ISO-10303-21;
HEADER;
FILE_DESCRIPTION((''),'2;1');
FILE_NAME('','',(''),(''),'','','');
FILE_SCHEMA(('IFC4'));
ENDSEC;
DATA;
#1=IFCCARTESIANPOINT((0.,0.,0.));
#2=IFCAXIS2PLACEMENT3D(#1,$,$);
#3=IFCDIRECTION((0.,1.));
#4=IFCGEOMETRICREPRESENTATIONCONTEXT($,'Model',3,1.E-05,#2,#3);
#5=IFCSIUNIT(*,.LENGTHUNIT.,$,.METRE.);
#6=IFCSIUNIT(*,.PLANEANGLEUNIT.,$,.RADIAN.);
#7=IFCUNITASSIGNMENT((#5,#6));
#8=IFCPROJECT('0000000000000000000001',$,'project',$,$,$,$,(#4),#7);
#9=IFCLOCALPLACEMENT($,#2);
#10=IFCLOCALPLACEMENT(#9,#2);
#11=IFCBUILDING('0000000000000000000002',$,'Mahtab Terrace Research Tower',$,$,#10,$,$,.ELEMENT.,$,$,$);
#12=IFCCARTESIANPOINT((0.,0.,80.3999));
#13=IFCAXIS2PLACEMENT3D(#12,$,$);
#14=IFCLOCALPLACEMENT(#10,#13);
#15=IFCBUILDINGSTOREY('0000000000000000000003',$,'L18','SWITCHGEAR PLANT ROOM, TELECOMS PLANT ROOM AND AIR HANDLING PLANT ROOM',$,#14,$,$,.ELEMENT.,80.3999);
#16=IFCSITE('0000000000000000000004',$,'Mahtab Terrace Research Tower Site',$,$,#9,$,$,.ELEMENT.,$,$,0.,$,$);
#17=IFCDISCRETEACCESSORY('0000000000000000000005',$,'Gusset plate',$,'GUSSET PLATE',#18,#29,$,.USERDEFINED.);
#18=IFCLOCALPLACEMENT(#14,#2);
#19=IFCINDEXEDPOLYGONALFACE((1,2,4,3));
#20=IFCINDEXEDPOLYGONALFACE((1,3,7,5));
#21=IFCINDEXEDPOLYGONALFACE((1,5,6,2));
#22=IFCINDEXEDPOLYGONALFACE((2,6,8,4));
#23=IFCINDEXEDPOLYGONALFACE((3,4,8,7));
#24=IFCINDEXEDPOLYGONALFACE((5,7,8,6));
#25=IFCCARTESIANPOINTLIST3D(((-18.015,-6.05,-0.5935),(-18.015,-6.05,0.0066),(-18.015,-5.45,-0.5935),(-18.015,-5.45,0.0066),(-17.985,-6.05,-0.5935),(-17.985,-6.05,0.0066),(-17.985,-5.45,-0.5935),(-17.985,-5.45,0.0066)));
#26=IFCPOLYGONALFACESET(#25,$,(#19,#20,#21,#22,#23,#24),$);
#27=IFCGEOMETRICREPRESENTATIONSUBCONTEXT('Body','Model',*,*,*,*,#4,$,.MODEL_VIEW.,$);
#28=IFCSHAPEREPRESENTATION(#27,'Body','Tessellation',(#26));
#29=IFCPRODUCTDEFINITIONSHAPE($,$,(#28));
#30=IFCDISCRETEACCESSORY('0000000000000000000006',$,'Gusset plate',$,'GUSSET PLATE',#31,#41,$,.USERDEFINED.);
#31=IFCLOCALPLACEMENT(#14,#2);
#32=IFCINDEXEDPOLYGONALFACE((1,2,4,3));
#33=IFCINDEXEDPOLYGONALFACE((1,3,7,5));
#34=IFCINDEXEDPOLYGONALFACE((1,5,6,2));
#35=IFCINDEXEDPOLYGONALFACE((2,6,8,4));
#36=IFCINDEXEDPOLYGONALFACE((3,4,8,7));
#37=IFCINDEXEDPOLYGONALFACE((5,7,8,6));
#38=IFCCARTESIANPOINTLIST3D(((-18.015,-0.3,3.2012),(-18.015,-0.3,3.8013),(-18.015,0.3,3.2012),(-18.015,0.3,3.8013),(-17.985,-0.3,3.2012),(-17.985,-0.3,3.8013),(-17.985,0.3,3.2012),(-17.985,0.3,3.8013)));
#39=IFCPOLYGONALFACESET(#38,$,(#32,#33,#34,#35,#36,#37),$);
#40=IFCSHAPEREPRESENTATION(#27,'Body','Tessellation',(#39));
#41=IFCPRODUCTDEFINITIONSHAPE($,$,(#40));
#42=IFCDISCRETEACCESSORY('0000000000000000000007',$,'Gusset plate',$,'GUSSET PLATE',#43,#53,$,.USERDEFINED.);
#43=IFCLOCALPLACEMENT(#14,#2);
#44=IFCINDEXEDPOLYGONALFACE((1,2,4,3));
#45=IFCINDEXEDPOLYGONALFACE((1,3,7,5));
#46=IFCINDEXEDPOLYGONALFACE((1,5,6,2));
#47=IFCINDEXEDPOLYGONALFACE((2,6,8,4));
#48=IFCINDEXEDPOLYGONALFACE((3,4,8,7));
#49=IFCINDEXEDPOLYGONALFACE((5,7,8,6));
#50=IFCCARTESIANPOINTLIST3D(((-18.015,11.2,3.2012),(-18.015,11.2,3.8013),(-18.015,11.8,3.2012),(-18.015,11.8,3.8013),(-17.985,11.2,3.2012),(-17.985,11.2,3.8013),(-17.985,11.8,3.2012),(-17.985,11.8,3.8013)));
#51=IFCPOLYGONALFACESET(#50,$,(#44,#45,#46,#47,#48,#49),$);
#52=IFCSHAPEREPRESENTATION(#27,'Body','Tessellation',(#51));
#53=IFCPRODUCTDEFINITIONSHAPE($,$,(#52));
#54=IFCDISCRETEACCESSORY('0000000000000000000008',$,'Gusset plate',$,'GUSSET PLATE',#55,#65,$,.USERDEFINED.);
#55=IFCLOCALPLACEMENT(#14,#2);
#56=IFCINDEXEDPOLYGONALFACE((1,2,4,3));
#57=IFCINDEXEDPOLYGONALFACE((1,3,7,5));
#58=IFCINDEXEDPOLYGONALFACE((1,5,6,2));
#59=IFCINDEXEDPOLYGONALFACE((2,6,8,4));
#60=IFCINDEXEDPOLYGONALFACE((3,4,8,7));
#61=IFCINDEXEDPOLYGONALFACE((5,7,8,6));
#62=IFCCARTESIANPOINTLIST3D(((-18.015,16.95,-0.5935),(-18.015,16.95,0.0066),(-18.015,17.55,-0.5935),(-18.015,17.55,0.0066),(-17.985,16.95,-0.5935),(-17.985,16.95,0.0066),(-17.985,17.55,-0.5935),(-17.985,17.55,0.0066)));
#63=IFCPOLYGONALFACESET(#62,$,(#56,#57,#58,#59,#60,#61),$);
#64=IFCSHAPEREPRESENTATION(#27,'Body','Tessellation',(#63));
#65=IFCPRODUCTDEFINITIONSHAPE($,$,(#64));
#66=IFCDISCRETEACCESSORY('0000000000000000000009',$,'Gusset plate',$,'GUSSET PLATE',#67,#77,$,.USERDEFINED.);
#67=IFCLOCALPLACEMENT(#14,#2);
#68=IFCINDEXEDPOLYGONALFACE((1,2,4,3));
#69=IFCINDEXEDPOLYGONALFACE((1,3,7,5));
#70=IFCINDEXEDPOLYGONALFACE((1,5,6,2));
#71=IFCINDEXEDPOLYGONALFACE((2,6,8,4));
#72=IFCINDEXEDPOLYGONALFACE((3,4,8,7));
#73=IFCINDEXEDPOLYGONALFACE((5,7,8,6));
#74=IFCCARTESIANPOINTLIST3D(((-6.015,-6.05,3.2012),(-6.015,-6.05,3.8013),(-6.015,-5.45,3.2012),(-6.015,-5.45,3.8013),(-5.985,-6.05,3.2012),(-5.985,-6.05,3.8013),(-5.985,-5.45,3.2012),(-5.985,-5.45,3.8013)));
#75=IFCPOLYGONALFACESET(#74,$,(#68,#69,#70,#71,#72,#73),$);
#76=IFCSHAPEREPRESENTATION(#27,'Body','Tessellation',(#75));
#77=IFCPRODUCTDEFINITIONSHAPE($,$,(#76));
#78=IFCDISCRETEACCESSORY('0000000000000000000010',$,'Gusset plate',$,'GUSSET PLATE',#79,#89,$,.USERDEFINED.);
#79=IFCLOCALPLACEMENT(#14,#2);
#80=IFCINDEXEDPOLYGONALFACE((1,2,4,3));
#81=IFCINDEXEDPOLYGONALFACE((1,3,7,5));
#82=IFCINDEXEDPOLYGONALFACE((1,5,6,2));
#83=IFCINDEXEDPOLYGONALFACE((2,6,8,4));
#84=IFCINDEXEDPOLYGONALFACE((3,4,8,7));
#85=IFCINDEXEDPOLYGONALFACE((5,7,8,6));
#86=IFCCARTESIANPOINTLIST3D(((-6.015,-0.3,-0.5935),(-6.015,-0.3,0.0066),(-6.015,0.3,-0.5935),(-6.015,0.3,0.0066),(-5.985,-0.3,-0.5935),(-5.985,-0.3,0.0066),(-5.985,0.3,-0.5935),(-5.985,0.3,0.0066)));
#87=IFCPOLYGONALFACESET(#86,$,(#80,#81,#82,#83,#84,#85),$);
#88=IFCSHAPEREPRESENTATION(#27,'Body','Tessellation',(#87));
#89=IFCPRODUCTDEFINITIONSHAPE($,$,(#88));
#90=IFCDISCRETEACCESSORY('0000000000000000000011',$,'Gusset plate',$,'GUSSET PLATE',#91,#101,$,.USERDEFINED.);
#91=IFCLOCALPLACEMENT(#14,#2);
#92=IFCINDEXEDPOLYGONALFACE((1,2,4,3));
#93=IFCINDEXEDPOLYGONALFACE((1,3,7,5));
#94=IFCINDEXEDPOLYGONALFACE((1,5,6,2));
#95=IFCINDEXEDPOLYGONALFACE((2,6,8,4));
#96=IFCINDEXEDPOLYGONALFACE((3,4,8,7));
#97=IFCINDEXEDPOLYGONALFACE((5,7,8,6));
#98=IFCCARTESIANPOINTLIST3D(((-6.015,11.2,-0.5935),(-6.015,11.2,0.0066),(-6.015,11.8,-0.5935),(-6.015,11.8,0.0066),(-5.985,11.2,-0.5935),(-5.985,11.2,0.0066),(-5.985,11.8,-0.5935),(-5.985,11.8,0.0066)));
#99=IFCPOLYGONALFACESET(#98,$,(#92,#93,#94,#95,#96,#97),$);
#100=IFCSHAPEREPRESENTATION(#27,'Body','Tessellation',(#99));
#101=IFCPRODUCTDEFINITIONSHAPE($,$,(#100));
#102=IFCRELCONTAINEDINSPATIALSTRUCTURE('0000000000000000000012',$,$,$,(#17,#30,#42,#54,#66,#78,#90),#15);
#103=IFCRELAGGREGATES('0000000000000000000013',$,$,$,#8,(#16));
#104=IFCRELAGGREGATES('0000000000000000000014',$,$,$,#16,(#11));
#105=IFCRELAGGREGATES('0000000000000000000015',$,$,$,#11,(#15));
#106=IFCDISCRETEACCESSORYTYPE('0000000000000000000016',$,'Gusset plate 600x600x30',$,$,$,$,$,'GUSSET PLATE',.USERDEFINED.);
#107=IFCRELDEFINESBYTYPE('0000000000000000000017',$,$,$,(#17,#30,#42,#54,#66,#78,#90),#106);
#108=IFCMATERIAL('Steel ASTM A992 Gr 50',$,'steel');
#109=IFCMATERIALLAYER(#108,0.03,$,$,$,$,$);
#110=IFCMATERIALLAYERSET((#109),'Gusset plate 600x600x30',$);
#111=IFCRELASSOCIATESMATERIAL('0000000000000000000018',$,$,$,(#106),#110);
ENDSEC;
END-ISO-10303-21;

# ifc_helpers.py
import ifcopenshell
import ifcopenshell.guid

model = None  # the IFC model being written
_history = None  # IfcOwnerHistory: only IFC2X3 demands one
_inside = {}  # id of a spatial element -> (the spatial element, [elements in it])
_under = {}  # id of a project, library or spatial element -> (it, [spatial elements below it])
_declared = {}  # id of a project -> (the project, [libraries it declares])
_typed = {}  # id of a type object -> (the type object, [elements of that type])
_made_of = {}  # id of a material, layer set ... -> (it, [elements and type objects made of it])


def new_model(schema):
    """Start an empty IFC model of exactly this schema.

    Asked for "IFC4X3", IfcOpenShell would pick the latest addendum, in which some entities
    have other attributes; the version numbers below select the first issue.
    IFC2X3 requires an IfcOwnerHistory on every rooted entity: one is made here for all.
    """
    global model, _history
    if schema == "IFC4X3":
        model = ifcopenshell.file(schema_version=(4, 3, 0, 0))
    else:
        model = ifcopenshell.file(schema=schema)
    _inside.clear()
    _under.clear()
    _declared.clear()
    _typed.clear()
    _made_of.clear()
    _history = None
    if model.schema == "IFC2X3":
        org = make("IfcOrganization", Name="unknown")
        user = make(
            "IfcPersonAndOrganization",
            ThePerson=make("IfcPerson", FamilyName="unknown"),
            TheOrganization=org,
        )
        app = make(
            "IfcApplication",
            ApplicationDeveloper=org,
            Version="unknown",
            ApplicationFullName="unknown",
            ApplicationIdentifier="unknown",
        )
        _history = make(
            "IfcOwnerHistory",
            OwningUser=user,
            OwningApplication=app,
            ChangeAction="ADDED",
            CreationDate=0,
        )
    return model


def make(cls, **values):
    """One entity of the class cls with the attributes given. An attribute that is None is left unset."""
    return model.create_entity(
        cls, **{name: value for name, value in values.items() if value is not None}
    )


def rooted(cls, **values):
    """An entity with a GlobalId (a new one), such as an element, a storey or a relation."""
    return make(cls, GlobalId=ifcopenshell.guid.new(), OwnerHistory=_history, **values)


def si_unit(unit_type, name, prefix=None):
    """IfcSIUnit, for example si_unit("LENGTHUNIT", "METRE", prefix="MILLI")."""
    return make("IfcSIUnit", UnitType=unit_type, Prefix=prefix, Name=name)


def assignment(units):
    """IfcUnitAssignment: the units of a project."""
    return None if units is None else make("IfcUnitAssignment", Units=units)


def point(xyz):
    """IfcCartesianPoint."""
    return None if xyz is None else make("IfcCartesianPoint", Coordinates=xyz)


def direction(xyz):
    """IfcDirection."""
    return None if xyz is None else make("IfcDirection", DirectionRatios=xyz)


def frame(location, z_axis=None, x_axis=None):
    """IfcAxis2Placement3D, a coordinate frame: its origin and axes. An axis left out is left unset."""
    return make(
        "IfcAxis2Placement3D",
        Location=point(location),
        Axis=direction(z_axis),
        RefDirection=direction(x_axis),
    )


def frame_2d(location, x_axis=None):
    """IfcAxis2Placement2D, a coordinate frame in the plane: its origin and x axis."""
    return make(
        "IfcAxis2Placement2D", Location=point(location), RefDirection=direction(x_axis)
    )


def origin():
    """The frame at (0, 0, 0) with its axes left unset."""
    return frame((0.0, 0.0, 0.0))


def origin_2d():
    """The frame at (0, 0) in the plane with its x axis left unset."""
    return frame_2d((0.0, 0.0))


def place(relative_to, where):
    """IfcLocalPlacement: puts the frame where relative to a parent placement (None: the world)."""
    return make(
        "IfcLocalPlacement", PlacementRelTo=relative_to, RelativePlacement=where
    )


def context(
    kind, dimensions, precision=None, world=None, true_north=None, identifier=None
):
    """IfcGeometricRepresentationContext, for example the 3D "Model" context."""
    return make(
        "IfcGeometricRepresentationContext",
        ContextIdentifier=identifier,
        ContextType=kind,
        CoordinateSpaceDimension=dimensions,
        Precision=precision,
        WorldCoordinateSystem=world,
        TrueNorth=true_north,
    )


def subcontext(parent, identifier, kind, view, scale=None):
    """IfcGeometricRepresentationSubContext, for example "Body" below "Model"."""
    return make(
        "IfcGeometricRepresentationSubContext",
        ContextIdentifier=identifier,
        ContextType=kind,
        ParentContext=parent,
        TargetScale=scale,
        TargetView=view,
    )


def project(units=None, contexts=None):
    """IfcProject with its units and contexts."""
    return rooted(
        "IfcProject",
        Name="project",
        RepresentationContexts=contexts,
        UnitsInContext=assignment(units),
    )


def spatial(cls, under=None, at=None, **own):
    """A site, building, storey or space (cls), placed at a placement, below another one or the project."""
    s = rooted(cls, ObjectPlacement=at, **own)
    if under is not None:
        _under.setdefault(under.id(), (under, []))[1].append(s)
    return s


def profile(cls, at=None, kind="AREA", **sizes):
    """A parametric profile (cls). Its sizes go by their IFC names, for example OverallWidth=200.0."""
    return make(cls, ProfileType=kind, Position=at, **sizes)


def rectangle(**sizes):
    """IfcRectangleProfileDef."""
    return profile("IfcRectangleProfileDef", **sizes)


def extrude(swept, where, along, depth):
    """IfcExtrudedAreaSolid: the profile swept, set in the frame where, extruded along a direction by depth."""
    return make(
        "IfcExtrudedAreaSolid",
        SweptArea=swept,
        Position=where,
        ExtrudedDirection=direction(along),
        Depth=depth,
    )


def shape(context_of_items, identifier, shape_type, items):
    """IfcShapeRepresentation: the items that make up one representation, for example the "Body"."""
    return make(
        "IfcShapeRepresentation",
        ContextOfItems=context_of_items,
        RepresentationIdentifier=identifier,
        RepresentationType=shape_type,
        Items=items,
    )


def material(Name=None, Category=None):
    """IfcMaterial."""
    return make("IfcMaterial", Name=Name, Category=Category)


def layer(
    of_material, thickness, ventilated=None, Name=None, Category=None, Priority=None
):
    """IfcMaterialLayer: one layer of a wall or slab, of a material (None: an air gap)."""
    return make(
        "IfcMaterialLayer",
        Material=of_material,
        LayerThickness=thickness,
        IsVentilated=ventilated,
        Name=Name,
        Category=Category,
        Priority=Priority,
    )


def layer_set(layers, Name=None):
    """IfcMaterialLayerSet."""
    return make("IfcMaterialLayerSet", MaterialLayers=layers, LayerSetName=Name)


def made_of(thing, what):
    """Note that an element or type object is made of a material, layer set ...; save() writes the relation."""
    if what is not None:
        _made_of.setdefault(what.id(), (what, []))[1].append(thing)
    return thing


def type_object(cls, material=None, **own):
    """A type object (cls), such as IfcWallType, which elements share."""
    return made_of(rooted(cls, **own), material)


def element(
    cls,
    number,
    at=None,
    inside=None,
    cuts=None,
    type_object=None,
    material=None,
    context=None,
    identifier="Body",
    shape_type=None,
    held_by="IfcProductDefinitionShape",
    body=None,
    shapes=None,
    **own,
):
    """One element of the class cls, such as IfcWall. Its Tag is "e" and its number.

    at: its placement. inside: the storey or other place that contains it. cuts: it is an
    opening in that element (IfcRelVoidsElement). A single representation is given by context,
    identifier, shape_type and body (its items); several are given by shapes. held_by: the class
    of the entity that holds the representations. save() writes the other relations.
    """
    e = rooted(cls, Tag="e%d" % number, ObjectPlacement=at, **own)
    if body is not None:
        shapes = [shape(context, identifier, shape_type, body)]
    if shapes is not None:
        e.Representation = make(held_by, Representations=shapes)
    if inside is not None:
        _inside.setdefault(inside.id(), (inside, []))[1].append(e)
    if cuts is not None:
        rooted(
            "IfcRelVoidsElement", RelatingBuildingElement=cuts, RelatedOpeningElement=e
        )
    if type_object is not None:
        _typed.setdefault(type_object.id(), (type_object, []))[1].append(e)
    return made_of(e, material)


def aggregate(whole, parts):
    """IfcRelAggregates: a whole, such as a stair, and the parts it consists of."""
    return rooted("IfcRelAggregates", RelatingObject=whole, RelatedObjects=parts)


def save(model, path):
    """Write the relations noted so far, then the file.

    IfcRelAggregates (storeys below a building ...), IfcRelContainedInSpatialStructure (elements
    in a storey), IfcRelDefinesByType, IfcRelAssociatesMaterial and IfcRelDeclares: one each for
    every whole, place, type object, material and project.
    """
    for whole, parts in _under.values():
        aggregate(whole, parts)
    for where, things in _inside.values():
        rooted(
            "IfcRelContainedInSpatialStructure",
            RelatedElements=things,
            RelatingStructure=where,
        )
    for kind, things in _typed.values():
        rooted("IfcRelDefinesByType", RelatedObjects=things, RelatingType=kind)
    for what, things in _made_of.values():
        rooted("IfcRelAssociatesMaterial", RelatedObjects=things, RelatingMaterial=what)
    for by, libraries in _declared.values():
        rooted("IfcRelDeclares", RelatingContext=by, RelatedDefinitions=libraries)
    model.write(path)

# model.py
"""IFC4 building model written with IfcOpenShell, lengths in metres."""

from ifc_helpers import new_model, si_unit, direction, frame, origin, origin_2d, place, context, subcontext, project, spatial, rectangle, extrude, material, layer, layer_set, type_object, element, save


model = new_model("IFC4")

# Units and contexts
model_context = context("Model", 3, precision=1e-05, world=origin(), true_north=direction((0.0, 1.0)))
body_context = subcontext(model_context, "Body", "Model", "MODEL_VIEW")
ifc_project = project(units=[si_unit("LENGTHUNIT", "METRE"), si_unit("PLANEANGLEUNIT", "RADIAN")], contexts=[model_context])

# Site, building, storey
site_placement = place(None, origin())
site = spatial("IfcSite", under=ifc_project, at=site_placement, Name="Mahtab Terrace Research Tower Site", CompositionType="ELEMENT", RefElevation=0.0)
building_placement = place(site_placement, origin())
building = spatial("IfcBuilding", under=site, at=building_placement, Name="Mahtab Terrace Research Tower", CompositionType="ELEMENT")
storey_placement = place(building_placement, frame((0.0, 0.0, 80.3999)))
storey = spatial("IfcBuildingStorey", under=building, at=storey_placement, Name="L18", Description="SWITCHGEAR PLANT ROOM, TELECOMS PLANT ROOM AND AIR HANDLING PLANT ROOM", CompositionType="ELEMENT", Elevation=80.3999)

# Shared definitions
ifc_material_1 = material(Name="Steel ASTM A992 Gr 50", Category="steel")

# Discrete accessories
ifc_layer_1 = layer(ifc_material_1, 0.03)
ifc_layer_set_1 = layer_set([ifc_layer_1], Name="Gusset plate 600x600x30")
discrete_accessory_type = type_object("IfcDiscreteAccessoryType", Name="Gusset plate 600x600x30", ElementType="GUSSET PLATE", PredefinedType="USERDEFINED", material=ifc_layer_set_1)
for number, where, z_axis, x_axis, name in (
    (1, (-18.0, -5.75, -0.5935), (0.0, 0.0, 1.0), (0.0, 1.0, 0.0), "Gusset plate"),
    (2, (-18.0, 0.0, 3.2012), (0.0, 0.0, 1.0), (0.0, 1.0, 0.0), "Gusset plate"),
    (3, (-18.0, 11.5, 3.2012), (0.0, 0.0, 1.0), (0.0, 1.0, 0.0), "Gusset plate"),
    (4, (-18.0, 17.25, -0.5935), (0.0, 0.0, 1.0), (0.0, 1.0, 0.0), "Gusset plate"),
    (5, (-6.0, -5.75, 3.2012), (0.0, 0.0, 1.0), (0.0, 1.0, 0.0), "Gusset plate"),
    (6, (-6.0, 0.0, -0.5935), (0.0, 0.0, 1.0), (0.0, 1.0, 0.0), "Gusset plate"),
    (7, (-6.0, 11.5, -0.5935), (0.0, 0.0, 1.0), (0.0, 1.0, 0.0), "Gusset plate"),
):
    element("IfcDiscreteAccessory", number, at=place(storey_placement, frame(where, z_axis=z_axis, x_axis=x_axis)), inside=storey, type_object=discrete_accessory_type, Name=name, ObjectType="GUSSET PLATE", PredefinedType="USERDEFINED", context=body_context, shape_type="SweptSolid", body=[
        extrude(rectangle(XDim=0.6001, YDim=0.03, at=origin_2d()), origin(), (0.0, 0.0, 1.0), 0.6001),
    ])

save(model, "model.ifc")
